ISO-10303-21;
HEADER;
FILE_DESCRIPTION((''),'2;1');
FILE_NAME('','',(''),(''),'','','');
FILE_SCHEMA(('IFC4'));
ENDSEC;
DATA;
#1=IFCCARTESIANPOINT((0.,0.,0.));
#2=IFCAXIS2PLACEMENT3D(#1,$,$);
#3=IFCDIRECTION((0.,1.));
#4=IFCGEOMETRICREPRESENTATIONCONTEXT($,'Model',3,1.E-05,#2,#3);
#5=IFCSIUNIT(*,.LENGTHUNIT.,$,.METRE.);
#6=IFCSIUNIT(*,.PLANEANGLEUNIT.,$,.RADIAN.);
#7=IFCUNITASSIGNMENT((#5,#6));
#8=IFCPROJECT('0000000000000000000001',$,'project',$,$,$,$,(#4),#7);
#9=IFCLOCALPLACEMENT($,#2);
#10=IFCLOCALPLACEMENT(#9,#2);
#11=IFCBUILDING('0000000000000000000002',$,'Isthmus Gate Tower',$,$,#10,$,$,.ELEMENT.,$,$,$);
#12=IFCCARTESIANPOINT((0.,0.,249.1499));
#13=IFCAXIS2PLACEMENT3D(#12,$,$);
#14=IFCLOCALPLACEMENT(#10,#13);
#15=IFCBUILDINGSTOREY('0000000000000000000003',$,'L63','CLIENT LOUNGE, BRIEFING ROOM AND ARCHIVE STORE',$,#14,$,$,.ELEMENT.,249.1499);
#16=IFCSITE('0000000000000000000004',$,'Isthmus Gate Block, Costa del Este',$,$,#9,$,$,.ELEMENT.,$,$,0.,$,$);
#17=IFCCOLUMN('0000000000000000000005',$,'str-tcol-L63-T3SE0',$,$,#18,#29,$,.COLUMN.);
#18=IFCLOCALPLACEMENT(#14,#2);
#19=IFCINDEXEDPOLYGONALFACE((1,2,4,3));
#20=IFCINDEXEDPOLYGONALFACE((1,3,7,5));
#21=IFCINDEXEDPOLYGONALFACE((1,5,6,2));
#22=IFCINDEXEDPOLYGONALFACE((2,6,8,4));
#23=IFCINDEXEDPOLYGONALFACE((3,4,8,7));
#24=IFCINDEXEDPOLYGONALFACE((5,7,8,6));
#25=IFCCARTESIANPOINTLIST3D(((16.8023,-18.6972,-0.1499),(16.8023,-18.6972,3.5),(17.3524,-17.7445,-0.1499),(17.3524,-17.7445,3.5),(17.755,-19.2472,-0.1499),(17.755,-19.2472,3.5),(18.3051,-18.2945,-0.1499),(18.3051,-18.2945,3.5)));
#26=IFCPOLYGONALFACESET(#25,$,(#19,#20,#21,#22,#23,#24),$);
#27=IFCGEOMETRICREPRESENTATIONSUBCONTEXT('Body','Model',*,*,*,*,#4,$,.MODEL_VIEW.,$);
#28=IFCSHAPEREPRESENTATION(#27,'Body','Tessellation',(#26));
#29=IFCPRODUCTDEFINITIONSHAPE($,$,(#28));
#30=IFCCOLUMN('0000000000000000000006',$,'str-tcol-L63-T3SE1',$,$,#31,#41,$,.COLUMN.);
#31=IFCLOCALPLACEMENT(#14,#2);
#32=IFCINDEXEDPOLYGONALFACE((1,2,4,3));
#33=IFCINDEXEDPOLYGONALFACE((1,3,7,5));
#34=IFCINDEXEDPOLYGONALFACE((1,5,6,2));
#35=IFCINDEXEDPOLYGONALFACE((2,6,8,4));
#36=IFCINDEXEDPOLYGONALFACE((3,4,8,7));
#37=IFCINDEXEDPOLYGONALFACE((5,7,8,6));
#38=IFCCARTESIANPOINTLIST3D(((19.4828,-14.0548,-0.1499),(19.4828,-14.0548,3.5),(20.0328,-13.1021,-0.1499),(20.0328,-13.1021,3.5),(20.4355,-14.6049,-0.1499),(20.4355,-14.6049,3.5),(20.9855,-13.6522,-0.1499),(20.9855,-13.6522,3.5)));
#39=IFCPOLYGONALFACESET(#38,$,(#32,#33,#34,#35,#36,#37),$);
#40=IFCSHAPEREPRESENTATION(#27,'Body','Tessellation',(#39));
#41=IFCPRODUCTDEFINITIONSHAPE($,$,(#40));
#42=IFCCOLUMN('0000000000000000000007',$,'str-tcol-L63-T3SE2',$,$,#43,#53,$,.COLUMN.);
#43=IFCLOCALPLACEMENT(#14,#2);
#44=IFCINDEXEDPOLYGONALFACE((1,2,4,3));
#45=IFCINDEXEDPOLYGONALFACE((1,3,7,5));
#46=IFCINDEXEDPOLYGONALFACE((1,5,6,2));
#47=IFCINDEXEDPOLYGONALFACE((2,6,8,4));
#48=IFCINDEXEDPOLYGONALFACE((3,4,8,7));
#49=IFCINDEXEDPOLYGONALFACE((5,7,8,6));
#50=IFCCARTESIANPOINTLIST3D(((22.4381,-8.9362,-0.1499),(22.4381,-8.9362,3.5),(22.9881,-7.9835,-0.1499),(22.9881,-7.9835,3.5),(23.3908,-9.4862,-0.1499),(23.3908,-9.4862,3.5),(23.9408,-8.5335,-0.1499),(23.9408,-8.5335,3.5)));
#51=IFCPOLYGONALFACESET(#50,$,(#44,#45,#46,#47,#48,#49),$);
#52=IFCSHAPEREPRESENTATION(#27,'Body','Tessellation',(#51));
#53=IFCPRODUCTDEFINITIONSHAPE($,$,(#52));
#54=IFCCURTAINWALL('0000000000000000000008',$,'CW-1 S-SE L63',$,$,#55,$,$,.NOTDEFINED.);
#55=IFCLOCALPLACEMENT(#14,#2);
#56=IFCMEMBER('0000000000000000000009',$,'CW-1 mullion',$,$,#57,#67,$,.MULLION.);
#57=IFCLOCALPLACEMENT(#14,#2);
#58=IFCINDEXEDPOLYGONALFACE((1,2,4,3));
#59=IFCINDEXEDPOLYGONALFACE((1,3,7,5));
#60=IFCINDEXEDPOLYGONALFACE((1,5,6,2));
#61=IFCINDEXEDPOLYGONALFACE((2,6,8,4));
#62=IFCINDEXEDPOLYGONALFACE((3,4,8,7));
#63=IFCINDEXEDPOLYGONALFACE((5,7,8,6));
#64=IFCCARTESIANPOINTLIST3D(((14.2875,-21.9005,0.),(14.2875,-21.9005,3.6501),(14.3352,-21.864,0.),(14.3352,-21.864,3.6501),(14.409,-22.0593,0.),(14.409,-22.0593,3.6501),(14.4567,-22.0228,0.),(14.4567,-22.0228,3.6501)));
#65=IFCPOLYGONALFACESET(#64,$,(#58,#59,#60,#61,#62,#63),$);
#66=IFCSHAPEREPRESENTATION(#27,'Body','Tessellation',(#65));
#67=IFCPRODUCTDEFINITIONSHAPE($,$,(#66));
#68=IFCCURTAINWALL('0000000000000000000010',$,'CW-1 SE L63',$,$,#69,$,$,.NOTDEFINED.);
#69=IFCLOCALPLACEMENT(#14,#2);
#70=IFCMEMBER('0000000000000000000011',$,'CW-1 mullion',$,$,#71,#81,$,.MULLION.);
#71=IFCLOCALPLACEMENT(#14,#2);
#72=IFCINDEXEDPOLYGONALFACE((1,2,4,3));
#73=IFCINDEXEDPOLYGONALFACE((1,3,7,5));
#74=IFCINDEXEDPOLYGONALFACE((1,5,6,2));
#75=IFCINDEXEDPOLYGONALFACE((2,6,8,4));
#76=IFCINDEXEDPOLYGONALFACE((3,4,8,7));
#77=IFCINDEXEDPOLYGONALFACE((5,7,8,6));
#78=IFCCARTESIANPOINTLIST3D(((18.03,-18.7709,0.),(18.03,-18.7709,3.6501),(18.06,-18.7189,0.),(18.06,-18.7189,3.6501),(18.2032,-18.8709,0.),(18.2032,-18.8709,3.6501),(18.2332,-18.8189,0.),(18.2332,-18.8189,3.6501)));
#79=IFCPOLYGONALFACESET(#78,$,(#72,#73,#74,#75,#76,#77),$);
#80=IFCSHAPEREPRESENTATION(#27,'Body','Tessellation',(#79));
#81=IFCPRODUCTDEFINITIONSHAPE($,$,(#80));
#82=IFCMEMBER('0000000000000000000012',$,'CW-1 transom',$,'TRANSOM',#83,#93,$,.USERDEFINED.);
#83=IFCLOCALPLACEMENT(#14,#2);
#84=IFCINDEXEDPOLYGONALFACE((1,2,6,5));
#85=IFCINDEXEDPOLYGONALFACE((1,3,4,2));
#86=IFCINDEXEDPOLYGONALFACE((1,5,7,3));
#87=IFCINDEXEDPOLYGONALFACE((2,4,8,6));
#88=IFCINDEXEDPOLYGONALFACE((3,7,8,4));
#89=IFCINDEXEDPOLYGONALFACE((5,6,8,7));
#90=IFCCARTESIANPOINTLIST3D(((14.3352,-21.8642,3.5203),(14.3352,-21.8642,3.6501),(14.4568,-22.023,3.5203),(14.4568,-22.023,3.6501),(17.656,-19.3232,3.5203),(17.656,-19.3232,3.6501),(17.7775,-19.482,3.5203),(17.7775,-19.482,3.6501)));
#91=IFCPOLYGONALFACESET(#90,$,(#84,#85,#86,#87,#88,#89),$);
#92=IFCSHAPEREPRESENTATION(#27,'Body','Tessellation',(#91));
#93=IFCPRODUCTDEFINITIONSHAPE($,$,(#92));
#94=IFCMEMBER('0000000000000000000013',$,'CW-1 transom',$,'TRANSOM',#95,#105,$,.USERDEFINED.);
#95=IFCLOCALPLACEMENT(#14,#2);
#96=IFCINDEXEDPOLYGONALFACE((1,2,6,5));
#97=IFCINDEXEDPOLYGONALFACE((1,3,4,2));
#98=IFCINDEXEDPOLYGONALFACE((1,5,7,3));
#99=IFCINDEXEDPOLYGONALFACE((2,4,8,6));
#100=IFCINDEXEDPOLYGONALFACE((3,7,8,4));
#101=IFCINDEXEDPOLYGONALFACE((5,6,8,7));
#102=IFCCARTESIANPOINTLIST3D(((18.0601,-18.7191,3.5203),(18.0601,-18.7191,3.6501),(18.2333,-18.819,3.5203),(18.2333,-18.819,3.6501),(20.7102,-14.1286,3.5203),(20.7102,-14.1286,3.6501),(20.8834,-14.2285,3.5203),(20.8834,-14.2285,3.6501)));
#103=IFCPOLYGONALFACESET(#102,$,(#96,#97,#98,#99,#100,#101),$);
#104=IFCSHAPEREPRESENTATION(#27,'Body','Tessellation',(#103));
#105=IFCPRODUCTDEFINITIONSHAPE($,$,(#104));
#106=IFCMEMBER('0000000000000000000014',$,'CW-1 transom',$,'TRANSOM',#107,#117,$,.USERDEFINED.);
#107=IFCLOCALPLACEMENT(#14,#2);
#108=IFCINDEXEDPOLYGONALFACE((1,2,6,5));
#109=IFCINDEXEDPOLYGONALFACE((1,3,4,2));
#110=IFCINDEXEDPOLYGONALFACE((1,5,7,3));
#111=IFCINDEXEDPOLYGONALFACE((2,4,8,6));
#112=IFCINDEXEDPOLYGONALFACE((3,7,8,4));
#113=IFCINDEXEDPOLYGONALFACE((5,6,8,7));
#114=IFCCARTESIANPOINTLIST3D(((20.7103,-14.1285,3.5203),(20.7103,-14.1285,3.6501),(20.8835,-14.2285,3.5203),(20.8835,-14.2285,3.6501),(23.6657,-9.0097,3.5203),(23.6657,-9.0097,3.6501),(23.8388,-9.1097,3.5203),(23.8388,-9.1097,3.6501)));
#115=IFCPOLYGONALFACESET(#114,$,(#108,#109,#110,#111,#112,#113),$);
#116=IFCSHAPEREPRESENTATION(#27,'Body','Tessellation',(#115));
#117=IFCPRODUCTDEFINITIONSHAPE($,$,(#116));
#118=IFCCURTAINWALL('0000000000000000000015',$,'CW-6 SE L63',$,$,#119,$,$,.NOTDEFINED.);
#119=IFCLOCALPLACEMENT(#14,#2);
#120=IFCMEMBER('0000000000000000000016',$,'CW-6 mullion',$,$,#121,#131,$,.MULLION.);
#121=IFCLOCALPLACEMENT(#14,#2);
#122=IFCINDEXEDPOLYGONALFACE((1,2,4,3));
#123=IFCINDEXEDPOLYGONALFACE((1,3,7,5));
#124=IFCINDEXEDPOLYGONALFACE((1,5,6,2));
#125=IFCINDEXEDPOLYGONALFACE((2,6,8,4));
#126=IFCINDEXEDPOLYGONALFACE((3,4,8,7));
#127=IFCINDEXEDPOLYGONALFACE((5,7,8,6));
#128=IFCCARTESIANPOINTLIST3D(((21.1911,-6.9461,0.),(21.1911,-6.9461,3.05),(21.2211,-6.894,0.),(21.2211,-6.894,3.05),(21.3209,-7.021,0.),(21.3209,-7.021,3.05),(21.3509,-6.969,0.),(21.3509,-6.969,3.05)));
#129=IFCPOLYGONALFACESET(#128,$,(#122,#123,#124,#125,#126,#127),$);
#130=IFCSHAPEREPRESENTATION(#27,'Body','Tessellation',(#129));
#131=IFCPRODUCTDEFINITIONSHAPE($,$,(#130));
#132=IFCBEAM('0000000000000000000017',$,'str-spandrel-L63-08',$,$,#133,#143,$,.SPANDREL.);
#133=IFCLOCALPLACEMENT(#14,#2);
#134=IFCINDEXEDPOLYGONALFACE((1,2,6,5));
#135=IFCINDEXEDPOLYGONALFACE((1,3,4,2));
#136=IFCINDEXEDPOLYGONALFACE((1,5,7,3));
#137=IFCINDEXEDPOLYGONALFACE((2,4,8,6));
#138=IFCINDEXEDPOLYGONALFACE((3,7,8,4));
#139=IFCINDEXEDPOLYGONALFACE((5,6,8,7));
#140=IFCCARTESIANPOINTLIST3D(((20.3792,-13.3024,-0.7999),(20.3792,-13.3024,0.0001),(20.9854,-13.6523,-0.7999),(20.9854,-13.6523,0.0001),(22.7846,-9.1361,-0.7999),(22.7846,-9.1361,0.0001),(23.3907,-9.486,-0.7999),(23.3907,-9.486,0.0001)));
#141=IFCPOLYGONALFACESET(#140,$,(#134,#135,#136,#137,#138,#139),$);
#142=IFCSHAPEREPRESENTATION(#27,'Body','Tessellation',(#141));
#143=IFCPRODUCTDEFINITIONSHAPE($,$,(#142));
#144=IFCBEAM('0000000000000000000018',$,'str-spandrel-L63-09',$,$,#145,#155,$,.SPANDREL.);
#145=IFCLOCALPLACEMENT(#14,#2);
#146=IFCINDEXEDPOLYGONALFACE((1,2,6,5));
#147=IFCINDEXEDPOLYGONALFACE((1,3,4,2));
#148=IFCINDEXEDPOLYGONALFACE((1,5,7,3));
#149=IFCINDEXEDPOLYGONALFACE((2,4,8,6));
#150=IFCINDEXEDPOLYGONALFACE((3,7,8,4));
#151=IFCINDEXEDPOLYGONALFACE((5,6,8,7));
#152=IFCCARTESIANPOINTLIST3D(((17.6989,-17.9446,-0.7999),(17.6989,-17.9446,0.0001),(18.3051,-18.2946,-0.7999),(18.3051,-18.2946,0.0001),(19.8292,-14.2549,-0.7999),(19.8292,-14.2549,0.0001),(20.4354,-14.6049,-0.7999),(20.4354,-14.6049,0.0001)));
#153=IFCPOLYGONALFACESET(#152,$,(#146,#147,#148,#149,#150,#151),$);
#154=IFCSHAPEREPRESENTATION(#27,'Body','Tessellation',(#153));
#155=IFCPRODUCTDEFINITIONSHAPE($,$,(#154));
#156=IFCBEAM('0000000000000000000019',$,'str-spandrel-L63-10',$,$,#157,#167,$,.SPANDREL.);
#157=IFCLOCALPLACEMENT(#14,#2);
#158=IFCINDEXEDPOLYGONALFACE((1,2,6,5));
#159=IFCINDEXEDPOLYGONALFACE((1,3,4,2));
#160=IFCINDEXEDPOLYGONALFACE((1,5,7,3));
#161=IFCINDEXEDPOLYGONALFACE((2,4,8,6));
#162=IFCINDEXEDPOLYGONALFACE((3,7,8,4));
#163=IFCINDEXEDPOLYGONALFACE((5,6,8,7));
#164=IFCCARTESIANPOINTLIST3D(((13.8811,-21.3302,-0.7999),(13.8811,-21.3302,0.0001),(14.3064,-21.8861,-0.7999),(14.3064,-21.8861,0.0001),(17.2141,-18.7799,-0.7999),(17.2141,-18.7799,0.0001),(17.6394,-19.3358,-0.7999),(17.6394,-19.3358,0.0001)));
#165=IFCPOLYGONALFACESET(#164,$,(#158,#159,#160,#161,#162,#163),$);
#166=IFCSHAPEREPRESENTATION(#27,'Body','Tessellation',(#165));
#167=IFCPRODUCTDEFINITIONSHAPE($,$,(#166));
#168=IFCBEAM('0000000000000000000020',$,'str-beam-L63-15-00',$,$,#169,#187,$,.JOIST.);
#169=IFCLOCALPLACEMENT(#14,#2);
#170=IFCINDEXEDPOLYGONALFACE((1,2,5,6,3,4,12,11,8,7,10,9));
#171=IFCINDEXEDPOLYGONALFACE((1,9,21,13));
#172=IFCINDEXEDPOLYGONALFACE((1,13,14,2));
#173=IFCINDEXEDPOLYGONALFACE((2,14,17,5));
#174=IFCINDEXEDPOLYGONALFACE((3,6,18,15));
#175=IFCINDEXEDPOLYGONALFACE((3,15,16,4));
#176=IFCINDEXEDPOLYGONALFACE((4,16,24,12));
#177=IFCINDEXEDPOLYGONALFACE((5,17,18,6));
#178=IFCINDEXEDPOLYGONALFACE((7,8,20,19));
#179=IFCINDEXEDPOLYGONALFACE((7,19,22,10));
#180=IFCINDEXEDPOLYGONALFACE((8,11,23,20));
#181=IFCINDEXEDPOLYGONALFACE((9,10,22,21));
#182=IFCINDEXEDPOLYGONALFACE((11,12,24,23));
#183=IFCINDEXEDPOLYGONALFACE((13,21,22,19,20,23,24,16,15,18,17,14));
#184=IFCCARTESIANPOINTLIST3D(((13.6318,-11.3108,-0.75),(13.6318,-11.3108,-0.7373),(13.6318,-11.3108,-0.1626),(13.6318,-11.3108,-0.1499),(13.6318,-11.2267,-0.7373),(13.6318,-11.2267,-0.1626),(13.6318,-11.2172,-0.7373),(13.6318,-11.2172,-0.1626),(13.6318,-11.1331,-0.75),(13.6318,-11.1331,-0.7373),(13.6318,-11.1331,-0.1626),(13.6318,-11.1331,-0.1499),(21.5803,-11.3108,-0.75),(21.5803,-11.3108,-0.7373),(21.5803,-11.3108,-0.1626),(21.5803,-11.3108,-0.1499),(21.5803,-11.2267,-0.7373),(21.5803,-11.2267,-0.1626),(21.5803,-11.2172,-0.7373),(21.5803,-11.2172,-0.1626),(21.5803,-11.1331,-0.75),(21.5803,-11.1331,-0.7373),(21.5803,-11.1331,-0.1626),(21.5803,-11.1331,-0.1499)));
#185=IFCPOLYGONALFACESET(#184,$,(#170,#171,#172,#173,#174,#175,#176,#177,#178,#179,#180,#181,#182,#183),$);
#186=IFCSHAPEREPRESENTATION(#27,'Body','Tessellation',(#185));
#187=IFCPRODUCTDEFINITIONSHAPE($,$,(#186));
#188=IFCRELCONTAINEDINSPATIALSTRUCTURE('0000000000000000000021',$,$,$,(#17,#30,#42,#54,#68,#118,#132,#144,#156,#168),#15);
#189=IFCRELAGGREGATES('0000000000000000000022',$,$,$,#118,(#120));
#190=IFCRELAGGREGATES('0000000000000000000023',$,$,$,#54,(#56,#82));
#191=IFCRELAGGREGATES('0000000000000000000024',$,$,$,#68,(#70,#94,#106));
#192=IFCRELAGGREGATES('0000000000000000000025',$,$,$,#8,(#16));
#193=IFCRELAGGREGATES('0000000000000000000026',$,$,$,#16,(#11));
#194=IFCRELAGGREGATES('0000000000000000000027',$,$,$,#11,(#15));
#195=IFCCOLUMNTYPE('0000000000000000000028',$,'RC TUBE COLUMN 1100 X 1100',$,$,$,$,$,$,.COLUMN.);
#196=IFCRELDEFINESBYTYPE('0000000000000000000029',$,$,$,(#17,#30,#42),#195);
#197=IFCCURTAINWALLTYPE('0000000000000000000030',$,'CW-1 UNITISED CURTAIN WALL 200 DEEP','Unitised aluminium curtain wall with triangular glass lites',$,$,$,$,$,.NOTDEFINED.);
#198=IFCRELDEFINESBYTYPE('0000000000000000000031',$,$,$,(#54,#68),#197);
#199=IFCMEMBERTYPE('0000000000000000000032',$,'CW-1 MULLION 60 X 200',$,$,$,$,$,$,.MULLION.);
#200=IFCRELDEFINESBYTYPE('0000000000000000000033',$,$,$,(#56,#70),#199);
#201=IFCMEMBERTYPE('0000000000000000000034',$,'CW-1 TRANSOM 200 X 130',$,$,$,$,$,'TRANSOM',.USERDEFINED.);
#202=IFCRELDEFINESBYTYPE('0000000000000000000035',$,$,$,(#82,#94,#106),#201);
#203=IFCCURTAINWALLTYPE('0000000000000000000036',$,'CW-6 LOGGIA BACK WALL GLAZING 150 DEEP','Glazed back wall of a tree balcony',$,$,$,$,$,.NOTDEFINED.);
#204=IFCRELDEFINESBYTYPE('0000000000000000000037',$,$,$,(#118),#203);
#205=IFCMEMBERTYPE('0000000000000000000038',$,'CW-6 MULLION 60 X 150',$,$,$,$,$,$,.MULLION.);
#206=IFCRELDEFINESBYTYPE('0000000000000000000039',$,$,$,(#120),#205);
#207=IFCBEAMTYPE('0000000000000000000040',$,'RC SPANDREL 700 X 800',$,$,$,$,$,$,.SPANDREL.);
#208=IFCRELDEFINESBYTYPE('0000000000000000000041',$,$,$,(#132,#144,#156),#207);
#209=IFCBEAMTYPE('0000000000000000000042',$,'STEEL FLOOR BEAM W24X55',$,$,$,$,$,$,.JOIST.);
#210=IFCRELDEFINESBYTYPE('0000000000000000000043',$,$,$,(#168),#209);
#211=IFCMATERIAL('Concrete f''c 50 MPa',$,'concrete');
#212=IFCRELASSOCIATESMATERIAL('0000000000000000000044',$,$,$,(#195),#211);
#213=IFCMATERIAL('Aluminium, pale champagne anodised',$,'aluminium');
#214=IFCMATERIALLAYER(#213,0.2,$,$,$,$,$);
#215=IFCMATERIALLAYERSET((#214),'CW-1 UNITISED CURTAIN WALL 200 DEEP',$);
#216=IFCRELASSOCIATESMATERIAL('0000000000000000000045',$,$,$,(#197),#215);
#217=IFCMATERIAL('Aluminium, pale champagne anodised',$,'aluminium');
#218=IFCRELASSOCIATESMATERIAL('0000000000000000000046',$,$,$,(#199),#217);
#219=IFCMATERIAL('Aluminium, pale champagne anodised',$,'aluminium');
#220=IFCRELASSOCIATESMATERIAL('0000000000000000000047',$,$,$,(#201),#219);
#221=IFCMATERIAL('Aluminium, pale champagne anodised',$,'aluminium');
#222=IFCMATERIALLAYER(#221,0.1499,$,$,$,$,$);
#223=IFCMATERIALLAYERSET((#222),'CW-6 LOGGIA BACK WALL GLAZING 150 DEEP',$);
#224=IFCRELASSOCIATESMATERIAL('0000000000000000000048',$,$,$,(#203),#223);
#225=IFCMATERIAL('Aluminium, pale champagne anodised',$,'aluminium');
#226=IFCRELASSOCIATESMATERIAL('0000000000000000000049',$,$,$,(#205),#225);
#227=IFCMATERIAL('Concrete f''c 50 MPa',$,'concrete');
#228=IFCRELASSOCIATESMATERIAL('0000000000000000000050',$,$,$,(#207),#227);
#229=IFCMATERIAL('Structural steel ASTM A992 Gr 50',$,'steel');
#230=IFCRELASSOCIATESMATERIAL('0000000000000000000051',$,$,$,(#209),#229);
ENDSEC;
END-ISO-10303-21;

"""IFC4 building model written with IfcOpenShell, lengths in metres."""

from ifc_helpers import new_model, si_unit, direction, frame, origin, origin_2d, place, context, subcontext, project, spatial, rectangle, i_section, extrude, material, layer, layer_set, material_profile, profile_set, type_object, element, aggregate, save


model = new_model("IFC4")

# Units and contexts
model_context = context("Model", 3, precision=1e-05, world=origin(), true_north=direction((0.0, 1.0)))
body_context = subcontext(model_context, "Body", "Model", "MODEL_VIEW")
ifc_project = project(units=[si_unit("LENGTHUNIT", "METRE"), si_unit("PLANEANGLEUNIT", "RADIAN")], contexts=[model_context])

# Site, building, storey
site_placement = place(None, origin())
site = spatial("IfcSite", under=ifc_project, at=site_placement, Name="Isthmus Gate Block, Costa del Este", CompositionType="ELEMENT", RefElevation=0.0)
building_placement = place(site_placement, origin())
building = spatial("IfcBuilding", under=site, at=building_placement, Name="Isthmus Gate Tower", CompositionType="ELEMENT")
storey_placement = place(building_placement, frame((0.0, 0.0, 249.1499)))
storey = spatial("IfcBuildingStorey", under=building, at=storey_placement, Name="L63", Description="CLIENT LOUNGE, BRIEFING ROOM AND ARCHIVE STORE", CompositionType="ELEMENT", Elevation=249.1499)

# Columns
ifc_material_1 = material(Name="Concrete f'c 50 MPa", Category="concrete")
ifc_material_profile_1 = material_profile(ifc_material_1, rectangle(XDim=1.1001, YDim=1.1001, at=origin_2d()), Name="RC 1100X1100")
ifc_profile_set_1 = profile_set([ifc_material_profile_1], Name="Concrete f'c 50 MPa")
column_type = type_object("IfcColumnType", Name="RC TUBE COLUMN 1100 X 1100", PredefinedType="COLUMN", material=ifc_profile_set_1)
for number, where, z_axis, x_axis, name in (
    (1, (17.5537, -18.4958, -0.1499), (0.0, 0.0, 1.0), (0.5, 0.866025, 0.0), "str-tcol-L63-T3SE0"),
    (2, (20.2341, -13.8535, -0.1499), (0.0, 0.0, 1.0), (0.5, 0.866025, 0.0), "str-tcol-L63-T3SE1"),
    (3, (23.1895, -8.7349, -0.1499), (0.0, 0.0, 1.0), (0.5, 0.866025, 0.0), "str-tcol-L63-T3SE2"),
):
    element("IfcColumn", number, at=place(storey_placement, frame(where, z_axis=z_axis, x_axis=x_axis)), inside=storey, type_object=column_type, Name=name, PredefinedType="COLUMN", context=body_context, shape_type="SweptSolid", body=[
        extrude(rectangle(XDim=1.1001, YDim=1.1001, at=origin_2d()), origin(), (0.0, 0.0, 1.0), 3.6499),
    ])

# Curtain walls, members
ifc_material_2 = material(Name="Aluminium, pale champagne anodised", Category="aluminium")
ifc_layer_1 = layer(ifc_material_2, 0.2)
ifc_layer_set_1 = layer_set([ifc_layer_1], Name="CW-1 UNITISED CURTAIN WALL 200 DEEP")
curtain_wall_type_1 = type_object("IfcCurtainWallType", Name="CW-1 UNITISED CURTAIN WALL 200 DEEP", Description="Unitised aluminium curtain wall with triangular glass lites", PredefinedType="NOTDEFINED", material=ifc_layer_set_1)
curtain_wall_1_placement = place(storey_placement, origin())
curtain_wall_1 = element("IfcCurtainWall", 4, at=curtain_wall_1_placement, inside=storey, type_object=curtain_wall_type_1, Name="CW-1 S-SE L63", PredefinedType="NOTDEFINED")
ifc_material_3 = material(Name="Aluminium, pale champagne anodised", Category="aluminium")
ifc_material_profile_2 = material_profile(ifc_material_3, rectangle(XDim=0.0601, YDim=0.2, at=origin_2d()), Name="60x200")
ifc_profile_set_2 = profile_set([ifc_material_profile_2], Name="Aluminium, pale champagne anodised")
member_type_1 = type_object("IfcMemberType", Name="CW-1 MULLION 60 X 200", PredefinedType="MULLION", material=ifc_profile_set_2)
member_1_placement = place(storey_placement, frame((14.3721, -21.9617, 0.0), z_axis=(0.0, 0.0, 1.0), x_axis=(0.794189, 0.607671, 0.0)))
member_1 = element("IfcMember", 5, at=member_1_placement, type_object=member_type_1, Name="CW-1 mullion", PredefinedType="MULLION", context=body_context, shape_type="SweptSolid", body=[
    extrude(rectangle(XDim=0.0601, YDim=0.2, at=origin_2d()), origin(), (0.0, 0.0, 1.0), 3.6501),
])
curtain_wall_2_placement = place(storey_placement, origin())
curtain_wall_2 = element("IfcCurtainWall", 6, at=curtain_wall_2_placement, inside=storey, type_object=curtain_wall_type_1, Name="CW-1 SE L63", PredefinedType="NOTDEFINED")
member_2_placement = place(storey_placement, frame((18.1316, -18.7949, 0.0), z_axis=(0.0, 0.0, 1.0), x_axis=(0.5, 0.866025, 0.0)))
member_2 = element("IfcMember", 7, at=member_2_placement, type_object=member_type_1, Name="CW-1 mullion", PredefinedType="MULLION", context=body_context, shape_type="SweptSolid", body=[
    extrude(rectangle(XDim=0.0601, YDim=0.2, at=origin_2d()), origin(), (0.0, 0.0, 1.0), 3.6501),
])

# Members
ifc_material_4 = material(Name="Aluminium, pale champagne anodised", Category="aluminium")
ifc_material_profile_3 = material_profile(ifc_material_4, rectangle(XDim=0.2, YDim=0.1299, at=origin_2d()), Name="200x130")
ifc_profile_set_3 = profile_set([ifc_material_profile_3], Name="Aluminium, pale champagne anodised")
member_type_2 = type_object("IfcMemberType", Name="CW-1 TRANSOM 200 X 130", ElementType="TRANSOM", PredefinedType="USERDEFINED", material=ifc_profile_set_3)
member_3_placement = place(storey_placement, frame((14.396, -21.9436, 3.5852), z_axis=(0.794175, 0.607688, 0.0), x_axis=(-0.607688, 0.794175, 0.0)))
member_3 = element("IfcMember", 8, at=member_3_placement, type_object=member_type_2, Name="CW-1 transom", ObjectType="TRANSOM", PredefinedType="USERDEFINED", context=body_context, shape_type="SweptSolid", body=[
    extrude(rectangle(XDim=0.2, YDim=0.1299, at=origin_2d()), origin(), (0.0, 0.0, 1.0), 4.1814),
])
member_4_placement = place(storey_placement, frame((18.1467, -18.769, 3.5852), z_axis=(0.499968, 0.866044, 0.0), x_axis=(-0.866044, 0.499968, 0.0)))
member_4 = element("IfcMember", 9, at=member_4_placement, type_object=member_type_2, Name="CW-1 transom", ObjectType="TRANSOM", PredefinedType="USERDEFINED", context=body_context, shape_type="SweptSolid", body=[
    extrude(rectangle(XDim=0.2, YDim=0.1299, at=origin_2d()), origin(), (0.0, 0.0, 1.0), 5.3005),
])
member_5_placement = place(storey_placement, frame((20.7969, -14.1785, 3.5852), z_axis=(0.500008, 0.86602, 0.0), x_axis=(-0.86602, 0.500008, 0.0)))
member_5 = element("IfcMember", 10, at=member_5_placement, type_object=member_type_2, Name="CW-1 transom", ObjectType="TRANSOM", PredefinedType="USERDEFINED", context=body_context, shape_type="SweptSolid", body=[
    extrude(rectangle(XDim=0.2, YDim=0.1299, at=origin_2d()), origin(), (0.0, 0.0, 1.0), 5.9106),
])

# Curtain wall, member
ifc_material_5 = material(Name="Aluminium, pale champagne anodised", Category="aluminium")
ifc_layer_2 = layer(ifc_material_5, 0.1499)
ifc_layer_set_2 = layer_set([ifc_layer_2], Name="CW-6 LOGGIA BACK WALL GLAZING 150 DEEP")
curtain_wall_type_2 = type_object("IfcCurtainWallType", Name="CW-6 LOGGIA BACK WALL GLAZING 150 DEEP", Description="Glazed back wall of a tree balcony", PredefinedType="NOTDEFINED", material=ifc_layer_set_2)
curtain_wall_3_placement = place(storey_placement, origin())
curtain_wall_3 = element("IfcCurtainWall", 11, at=curtain_wall_3_placement, inside=storey, type_object=curtain_wall_type_2, Name="CW-6 SE L63", PredefinedType="NOTDEFINED")
ifc_material_6 = material(Name="Aluminium, pale champagne anodised", Category="aluminium")
ifc_material_profile_4 = material_profile(ifc_material_6, rectangle(XDim=0.0601, YDim=0.1499, at=origin_2d()), Name="60x150")
ifc_profile_set_4 = profile_set([ifc_material_profile_4], Name="Aluminium, pale champagne anodised")
member_type_3 = type_object("IfcMemberType", Name="CW-6 MULLION 60 X 150", PredefinedType="MULLION", material=ifc_profile_set_4)
member_6_placement = place(storey_placement, frame((21.271, -6.9575, 0.0), z_axis=(0.0, 0.0, 1.0), x_axis=(0.5, 0.866025, 0.0)))
member_6 = element("IfcMember", 12, at=member_6_placement, type_object=member_type_3, Name="CW-6 mullion", PredefinedType="MULLION", context=body_context, shape_type="SweptSolid", body=[
    extrude(rectangle(XDim=0.0601, YDim=0.1499, at=origin_2d()), origin(), (0.0, 0.0, 1.0), 3.05),
])
aggregate(curtain_wall_3, [member_6])

# Beams
ifc_material_7 = material(Name="Concrete f'c 50 MPa", Category="concrete")
ifc_material_profile_5 = material_profile(ifc_material_7, rectangle(XDim=0.7, YDim=0.8, at=origin_2d()), Name="RC 700X800")
ifc_profile_set_5 = profile_set([ifc_material_profile_5], Name="Concrete f'c 50 MPa")
beam_type_1 = type_object("IfcBeamType", Name="RC SPANDREL 700 X 800", PredefinedType="SPANDREL", material=ifc_profile_set_5)
beam_1_placement = place(storey_placement, frame((23.0876, -9.311, -0.3999), z_axis=(-0.499982, -0.866036, 0.0), x_axis=(0.866036, -0.499982, 0.0)))
element("IfcBeam", 13, at=beam_1_placement, inside=storey, type_object=beam_type_1, Name="str-spandrel-L63-08", PredefinedType="SPANDREL", context=body_context, shape_type="SweptSolid", body=[
    extrude(rectangle(XDim=0.7, YDim=0.8, at=origin_2d()), origin(), (0.0, 0.0, 1.0), 4.8108),
])
beam_2_placement = place(storey_placement, frame((20.1323, -14.4299, -0.3999), z_axis=(-0.500022, -0.866013, 0.0), x_axis=(0.866013, -0.500022, 0.0)))
element("IfcBeam", 14, at=beam_2_placement, inside=storey, type_object=beam_type_1, Name="str-spandrel-L63-09", PredefinedType="SPANDREL", context=body_context, shape_type="SweptSolid", body=[
    extrude(rectangle(XDim=0.7, YDim=0.8, at=origin_2d()), origin(), (0.0, 0.0, 1.0), 4.2605),
])
beam_3_placement = place(storey_placement, frame((17.4268, -19.0579, -0.3999), z_axis=(-0.794183, -0.607679, 0.0), x_axis=(0.607679, -0.794183, 0.0)))
element("IfcBeam", 15, at=beam_3_placement, inside=storey, type_object=beam_type_1, Name="str-spandrel-L63-10", PredefinedType="SPANDREL", context=body_context, shape_type="SweptSolid", body=[
    extrude(rectangle(XDim=0.7, YDim=0.8, at=origin_2d()), origin(), (0.0, 0.0, 1.0), 4.1968),
])
ifc_material_8 = material(Name="Structural steel ASTM A992 Gr 50", Category="steel")
ifc_material_profile_6 = material_profile(ifc_material_8, i_section(OverallWidth=0.1777, OverallDepth=0.6001, WebThickness=0.0095, FlangeThickness=0.0127, at=origin_2d()), Name="W24X55")
ifc_profile_set_6 = profile_set([ifc_material_profile_6], Name="Structural steel ASTM A992 Gr 50")
beam_type_2 = type_object("IfcBeamType", Name="STEEL FLOOR BEAM W24X55", PredefinedType="JOIST", material=ifc_profile_set_6)
beam_4_placement = place(storey_placement, frame((13.6318, -11.2219, -0.45), z_axis=(1.0, 0.0, 0.0), x_axis=(0.0, 1.0, 0.0)))
element("IfcBeam", 16, at=beam_4_placement, inside=storey, type_object=beam_type_2, Name="str-beam-L63-15-00", PredefinedType="JOIST", context=body_context, shape_type="SweptSolid", body=[
    extrude(i_section(OverallWidth=0.1777, OverallDepth=0.6001, WebThickness=0.0095, FlangeThickness=0.0127, at=origin_2d()), origin(), (0.0, 0.0, 1.0), 7.9485),
])

aggregate(curtain_wall_1, [member_1, member_3])
aggregate(curtain_wall_2, [member_2, member_4, member_5])

save(model, "model.ifc")
